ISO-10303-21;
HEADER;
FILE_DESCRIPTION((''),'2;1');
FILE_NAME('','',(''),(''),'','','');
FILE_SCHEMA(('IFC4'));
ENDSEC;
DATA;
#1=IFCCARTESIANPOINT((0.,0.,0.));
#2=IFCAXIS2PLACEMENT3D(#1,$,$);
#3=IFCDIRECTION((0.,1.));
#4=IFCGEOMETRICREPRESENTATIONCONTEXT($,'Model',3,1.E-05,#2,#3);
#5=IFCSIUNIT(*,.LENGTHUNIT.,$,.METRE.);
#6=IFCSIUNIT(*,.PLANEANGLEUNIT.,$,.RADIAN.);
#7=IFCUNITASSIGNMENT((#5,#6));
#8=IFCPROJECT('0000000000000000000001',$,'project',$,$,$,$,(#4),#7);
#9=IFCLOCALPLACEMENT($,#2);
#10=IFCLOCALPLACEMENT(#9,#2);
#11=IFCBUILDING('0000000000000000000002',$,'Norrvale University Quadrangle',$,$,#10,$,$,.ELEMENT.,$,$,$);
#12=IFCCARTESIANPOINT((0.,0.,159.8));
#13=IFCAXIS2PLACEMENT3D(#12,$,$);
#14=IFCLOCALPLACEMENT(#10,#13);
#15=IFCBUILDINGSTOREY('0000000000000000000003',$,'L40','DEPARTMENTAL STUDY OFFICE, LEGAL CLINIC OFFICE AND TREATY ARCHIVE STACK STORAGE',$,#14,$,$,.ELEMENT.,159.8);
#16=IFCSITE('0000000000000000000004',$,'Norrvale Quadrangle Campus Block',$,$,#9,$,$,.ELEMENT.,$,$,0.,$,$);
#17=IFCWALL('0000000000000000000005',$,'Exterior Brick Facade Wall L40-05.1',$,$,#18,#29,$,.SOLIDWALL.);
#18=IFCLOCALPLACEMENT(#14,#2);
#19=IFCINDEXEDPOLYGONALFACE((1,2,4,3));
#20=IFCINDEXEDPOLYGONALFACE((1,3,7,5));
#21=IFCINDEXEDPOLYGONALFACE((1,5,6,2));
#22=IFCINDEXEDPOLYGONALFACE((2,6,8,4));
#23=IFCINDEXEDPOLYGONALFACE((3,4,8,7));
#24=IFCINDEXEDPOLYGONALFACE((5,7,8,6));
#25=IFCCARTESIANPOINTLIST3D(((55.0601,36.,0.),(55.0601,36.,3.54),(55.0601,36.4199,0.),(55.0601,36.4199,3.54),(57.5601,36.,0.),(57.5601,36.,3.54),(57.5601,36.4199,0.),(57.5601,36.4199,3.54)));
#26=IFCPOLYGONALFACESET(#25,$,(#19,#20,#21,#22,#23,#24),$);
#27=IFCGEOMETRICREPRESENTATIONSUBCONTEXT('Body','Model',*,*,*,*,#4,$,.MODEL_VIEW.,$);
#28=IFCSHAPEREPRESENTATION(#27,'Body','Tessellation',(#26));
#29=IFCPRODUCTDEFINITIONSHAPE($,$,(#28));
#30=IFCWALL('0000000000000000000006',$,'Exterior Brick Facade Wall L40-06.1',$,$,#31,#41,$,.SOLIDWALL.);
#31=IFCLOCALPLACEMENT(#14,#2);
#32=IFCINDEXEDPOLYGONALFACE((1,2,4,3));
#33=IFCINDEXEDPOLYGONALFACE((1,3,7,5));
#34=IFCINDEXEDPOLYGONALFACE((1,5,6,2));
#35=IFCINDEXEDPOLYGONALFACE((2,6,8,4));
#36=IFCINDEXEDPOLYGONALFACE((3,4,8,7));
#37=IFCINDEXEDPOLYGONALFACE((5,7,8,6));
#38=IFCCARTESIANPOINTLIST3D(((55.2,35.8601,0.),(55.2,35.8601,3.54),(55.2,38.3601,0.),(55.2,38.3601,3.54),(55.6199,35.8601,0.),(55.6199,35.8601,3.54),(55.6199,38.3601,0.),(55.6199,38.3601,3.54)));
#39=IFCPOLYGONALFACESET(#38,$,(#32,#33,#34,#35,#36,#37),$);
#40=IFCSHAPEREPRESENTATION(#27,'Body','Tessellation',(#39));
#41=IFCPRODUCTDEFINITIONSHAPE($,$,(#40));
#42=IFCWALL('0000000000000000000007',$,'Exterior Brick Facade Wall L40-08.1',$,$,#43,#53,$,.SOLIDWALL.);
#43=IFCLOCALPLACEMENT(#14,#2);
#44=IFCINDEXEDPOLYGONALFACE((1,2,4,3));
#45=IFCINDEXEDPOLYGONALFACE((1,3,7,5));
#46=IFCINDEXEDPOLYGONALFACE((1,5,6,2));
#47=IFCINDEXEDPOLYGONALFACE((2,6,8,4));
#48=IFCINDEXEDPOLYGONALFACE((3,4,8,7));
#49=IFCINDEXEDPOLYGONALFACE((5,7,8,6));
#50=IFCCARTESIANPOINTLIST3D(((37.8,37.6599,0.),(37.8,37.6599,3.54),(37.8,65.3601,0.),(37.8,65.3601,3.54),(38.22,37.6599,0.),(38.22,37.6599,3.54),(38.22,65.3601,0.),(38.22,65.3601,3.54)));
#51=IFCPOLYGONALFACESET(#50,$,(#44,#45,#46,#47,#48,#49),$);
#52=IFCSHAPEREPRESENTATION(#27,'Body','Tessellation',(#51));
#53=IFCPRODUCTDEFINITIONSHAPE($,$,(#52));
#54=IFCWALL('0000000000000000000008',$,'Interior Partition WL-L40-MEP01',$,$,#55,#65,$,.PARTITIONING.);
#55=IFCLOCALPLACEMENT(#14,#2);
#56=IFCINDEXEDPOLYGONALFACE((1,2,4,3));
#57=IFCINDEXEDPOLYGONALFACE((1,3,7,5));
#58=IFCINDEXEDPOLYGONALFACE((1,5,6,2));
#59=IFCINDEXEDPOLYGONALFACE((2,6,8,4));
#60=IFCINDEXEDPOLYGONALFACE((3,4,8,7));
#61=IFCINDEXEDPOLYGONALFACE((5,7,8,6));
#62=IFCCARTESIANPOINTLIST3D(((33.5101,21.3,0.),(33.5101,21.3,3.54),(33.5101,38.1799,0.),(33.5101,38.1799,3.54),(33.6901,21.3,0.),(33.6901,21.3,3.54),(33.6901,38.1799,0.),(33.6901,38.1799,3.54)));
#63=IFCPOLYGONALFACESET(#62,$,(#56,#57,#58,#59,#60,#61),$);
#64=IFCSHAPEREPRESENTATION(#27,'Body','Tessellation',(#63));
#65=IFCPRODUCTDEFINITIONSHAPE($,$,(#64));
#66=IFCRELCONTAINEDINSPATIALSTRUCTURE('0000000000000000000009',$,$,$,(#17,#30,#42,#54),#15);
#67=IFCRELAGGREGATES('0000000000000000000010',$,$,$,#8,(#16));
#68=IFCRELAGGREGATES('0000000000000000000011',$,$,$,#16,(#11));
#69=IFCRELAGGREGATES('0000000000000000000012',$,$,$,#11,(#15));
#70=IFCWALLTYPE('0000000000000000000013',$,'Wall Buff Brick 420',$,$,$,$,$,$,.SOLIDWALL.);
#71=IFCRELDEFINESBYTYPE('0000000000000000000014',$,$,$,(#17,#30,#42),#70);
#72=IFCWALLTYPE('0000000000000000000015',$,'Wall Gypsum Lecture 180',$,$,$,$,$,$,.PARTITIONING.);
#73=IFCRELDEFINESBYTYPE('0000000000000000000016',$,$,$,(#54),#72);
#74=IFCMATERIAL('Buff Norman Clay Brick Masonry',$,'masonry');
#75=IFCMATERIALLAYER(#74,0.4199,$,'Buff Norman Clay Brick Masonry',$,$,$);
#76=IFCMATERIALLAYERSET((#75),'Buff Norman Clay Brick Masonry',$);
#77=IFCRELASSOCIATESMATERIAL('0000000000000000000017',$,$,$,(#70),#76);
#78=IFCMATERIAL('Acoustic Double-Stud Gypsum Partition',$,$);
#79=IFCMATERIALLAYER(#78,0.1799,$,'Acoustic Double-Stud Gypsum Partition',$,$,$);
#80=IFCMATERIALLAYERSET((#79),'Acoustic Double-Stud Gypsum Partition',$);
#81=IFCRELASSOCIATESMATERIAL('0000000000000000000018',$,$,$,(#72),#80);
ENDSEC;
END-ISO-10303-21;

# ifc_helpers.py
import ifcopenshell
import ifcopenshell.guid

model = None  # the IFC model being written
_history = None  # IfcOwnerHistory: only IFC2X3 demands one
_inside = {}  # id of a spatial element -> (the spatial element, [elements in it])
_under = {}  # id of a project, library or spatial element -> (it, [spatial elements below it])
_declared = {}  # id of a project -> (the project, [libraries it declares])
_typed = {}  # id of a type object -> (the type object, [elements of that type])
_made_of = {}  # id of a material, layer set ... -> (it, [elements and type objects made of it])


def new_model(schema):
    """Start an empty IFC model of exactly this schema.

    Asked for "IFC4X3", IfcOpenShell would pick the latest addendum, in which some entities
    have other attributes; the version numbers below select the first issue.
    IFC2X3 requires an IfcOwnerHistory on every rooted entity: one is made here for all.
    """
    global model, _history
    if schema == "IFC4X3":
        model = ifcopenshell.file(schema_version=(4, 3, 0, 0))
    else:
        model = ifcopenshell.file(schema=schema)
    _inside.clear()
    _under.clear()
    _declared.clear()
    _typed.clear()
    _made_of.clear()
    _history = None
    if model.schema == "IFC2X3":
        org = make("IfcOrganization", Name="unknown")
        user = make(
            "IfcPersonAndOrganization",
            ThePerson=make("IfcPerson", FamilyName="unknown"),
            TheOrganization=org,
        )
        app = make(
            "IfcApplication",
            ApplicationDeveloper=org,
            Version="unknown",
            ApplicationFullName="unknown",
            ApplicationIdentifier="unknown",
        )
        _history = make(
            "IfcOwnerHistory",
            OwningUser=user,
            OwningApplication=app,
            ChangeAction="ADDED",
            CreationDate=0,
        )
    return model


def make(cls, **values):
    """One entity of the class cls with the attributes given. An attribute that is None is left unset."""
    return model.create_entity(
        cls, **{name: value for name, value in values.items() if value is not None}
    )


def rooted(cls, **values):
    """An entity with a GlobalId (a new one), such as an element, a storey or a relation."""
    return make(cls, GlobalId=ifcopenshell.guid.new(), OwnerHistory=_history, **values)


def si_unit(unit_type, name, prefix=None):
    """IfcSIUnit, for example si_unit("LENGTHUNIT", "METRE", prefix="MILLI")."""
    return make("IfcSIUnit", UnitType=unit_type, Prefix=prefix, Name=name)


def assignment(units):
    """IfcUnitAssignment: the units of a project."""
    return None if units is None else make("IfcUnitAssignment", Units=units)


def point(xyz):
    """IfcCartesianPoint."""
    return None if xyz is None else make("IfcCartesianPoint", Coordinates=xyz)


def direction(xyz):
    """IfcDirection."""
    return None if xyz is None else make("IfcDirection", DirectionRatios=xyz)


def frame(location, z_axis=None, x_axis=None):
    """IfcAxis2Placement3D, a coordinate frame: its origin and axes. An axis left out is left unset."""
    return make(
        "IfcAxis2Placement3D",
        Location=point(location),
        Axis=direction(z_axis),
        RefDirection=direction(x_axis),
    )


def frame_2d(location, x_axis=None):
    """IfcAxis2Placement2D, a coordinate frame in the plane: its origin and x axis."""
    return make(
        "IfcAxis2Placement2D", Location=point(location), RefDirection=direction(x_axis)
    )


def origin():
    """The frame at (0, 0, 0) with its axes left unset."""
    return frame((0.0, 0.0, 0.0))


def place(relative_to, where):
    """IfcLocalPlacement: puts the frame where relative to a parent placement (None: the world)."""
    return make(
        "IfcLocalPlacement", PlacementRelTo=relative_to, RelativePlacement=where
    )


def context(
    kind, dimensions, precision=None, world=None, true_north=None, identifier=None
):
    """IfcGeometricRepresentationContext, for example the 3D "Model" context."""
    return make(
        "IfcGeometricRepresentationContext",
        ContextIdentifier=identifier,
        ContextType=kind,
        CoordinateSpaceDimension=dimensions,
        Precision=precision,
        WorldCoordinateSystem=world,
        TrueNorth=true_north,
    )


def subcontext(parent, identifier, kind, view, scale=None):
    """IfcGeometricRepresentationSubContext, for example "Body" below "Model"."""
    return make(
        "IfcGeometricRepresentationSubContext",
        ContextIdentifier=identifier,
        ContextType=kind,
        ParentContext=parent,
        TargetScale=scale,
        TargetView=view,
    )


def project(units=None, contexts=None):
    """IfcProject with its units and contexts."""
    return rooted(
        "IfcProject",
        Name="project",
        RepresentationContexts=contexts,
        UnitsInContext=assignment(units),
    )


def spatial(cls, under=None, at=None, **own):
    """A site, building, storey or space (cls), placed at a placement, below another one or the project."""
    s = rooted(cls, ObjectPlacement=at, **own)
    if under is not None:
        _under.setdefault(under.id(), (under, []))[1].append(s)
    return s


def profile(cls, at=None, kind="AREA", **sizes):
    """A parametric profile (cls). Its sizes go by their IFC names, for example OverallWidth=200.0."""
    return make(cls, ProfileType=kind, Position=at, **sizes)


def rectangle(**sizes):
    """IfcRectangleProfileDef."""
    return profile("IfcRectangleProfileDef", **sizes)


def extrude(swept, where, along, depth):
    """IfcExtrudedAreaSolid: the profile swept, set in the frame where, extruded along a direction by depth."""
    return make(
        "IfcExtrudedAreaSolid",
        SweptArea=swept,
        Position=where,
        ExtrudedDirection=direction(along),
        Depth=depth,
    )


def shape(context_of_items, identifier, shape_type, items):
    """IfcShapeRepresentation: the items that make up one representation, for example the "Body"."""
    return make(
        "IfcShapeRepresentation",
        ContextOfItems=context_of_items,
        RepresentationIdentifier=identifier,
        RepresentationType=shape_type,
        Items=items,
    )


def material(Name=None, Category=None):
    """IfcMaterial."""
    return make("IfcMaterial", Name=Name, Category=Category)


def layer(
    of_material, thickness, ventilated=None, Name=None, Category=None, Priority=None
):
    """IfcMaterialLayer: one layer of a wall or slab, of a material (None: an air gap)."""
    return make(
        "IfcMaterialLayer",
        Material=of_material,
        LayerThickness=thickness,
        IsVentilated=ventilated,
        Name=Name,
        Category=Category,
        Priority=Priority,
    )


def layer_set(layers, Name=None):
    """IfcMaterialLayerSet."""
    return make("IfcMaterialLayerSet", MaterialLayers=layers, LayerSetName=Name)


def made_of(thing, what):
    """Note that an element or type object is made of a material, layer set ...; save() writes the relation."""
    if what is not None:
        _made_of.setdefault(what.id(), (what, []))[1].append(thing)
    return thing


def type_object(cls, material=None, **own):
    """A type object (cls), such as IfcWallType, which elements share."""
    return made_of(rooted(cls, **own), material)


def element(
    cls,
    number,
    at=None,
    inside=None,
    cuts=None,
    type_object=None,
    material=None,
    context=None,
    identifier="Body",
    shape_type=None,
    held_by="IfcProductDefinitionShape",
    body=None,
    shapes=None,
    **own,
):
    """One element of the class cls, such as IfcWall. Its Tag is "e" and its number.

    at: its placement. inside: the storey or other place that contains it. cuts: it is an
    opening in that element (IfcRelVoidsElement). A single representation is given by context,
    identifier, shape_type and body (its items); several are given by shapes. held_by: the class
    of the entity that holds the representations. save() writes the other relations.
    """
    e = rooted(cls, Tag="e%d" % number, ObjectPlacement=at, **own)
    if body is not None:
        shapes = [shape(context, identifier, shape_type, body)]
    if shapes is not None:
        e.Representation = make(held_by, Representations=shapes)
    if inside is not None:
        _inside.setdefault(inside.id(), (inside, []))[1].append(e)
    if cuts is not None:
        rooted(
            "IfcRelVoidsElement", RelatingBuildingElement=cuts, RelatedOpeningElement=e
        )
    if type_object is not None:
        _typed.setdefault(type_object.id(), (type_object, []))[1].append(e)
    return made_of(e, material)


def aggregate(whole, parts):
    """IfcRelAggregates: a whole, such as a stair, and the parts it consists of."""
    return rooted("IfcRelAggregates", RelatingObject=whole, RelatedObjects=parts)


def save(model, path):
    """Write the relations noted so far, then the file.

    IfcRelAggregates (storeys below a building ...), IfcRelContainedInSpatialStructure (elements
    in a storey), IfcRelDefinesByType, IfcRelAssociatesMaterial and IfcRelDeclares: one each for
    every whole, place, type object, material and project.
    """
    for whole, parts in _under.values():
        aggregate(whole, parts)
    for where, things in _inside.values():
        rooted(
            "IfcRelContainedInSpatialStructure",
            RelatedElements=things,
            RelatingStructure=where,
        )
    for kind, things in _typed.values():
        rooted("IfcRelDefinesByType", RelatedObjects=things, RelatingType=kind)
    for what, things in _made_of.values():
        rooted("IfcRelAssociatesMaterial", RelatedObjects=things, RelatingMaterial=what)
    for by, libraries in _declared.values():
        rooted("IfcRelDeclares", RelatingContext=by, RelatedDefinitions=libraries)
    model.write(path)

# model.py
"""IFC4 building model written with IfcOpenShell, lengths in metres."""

from ifc_helpers import new_model, si_unit, direction, frame, frame_2d, origin, place, context, subcontext, project, spatial, rectangle, extrude, material, layer, layer_set, type_object, element, save


model = new_model("IFC4")

# Units and contexts
model_context = context("Model", 3, precision=1e-05, world=origin(), true_north=direction((0.0, 1.0)))
body_context = subcontext(model_context, "Body", "Model", "MODEL_VIEW")
ifc_project = project(units=[si_unit("LENGTHUNIT", "METRE"), si_unit("PLANEANGLEUNIT", "RADIAN")], contexts=[model_context])

# Site, building, storey
site_placement = place(None, origin())
site = spatial("IfcSite", under=ifc_project, at=site_placement, Name="Norrvale Quadrangle Campus Block", CompositionType="ELEMENT", RefElevation=0.0)
building_placement = place(site_placement, origin())
building = spatial("IfcBuilding", under=site, at=building_placement, Name="Norrvale University Quadrangle", CompositionType="ELEMENT")
storey_placement = place(building_placement, frame((0.0, 0.0, 159.8)))
storey = spatial("IfcBuildingStorey", under=building, at=storey_placement, Name="L40", Description="DEPARTMENTAL STUDY OFFICE, LEGAL CLINIC OFFICE AND TREATY ARCHIVE STACK STORAGE", CompositionType="ELEMENT", Elevation=159.8)

# Walls
ifc_material_1 = material(Name="Buff Norman Clay Brick Masonry", Category="masonry")
ifc_layer_1 = layer(ifc_material_1, 0.4199, Name="Buff Norman Clay Brick Masonry")
ifc_layer_set_1 = layer_set([ifc_layer_1], Name="Buff Norman Clay Brick Masonry")
wall_type_1 = type_object("IfcWallType", Name="Wall Buff Brick 420", PredefinedType="SOLIDWALL", material=ifc_layer_set_1)
for number, where, z_axis, x_axis, name in (
    (1, (57.5601, 36.21, 0.0), (0.0, 0.0, 1.0), (-1.0, 0.0, 0.0), "Exterior Brick Facade Wall L40-05.1"),
    (2, (55.4099, 35.8601, 0.0), (0.0, 0.0, 1.0), (0.0, 1.0, 0.0), "Exterior Brick Facade Wall L40-06.1"),
):
    element("IfcWall", number, at=place(storey_placement, frame(where, z_axis=z_axis, x_axis=x_axis)), inside=storey, type_object=wall_type_1, Name=name, PredefinedType="SOLIDWALL", context=body_context, shape_type="SweptSolid", body=[
        extrude(rectangle(XDim=2.5, YDim=0.4199, at=frame_2d((1.25, 0.0))), origin(), (0.0, 0.0, 1.0), 3.54),
    ])
wall_1_placement = place(storey_placement, frame((38.01, 37.6599, 0.0), z_axis=(0.0, 0.0, 1.0), x_axis=(0.0, 1.0, 0.0)))
element("IfcWall", 3, at=wall_1_placement, inside=storey, type_object=wall_type_1, Name="Exterior Brick Facade Wall L40-08.1", PredefinedType="SOLIDWALL", context=body_context, shape_type="SweptSolid", body=[
    extrude(rectangle(XDim=27.7002, YDim=0.4199, at=frame_2d((13.8501, 0.0))), origin(), (0.0, 0.0, 1.0), 3.54),
])
ifc_material_2 = material(Name="Acoustic Double-Stud Gypsum Partition")
ifc_layer_2 = layer(ifc_material_2, 0.1799, Name="Acoustic Double-Stud Gypsum Partition")
ifc_layer_set_2 = layer_set([ifc_layer_2], Name="Acoustic Double-Stud Gypsum Partition")
wall_type_2 = type_object("IfcWallType", Name="Wall Gypsum Lecture 180", PredefinedType="PARTITIONING", material=ifc_layer_set_2)
wall_2_placement = place(storey_placement, frame((33.6001, 21.3, 0.0), z_axis=(0.0, 0.0, 1.0), x_axis=(0.0, 1.0, 0.0)))
element("IfcWall", 4, at=wall_2_placement, inside=storey, type_object=wall_type_2, Name="Interior Partition WL-L40-MEP01", PredefinedType="PARTITIONING", context=body_context, shape_type="SweptSolid", body=[
    extrude(rectangle(XDim=16.8799, YDim=0.1799, at=frame_2d((8.4399, 0.0))), origin(), (0.0, 0.0, 1.0), 3.54),
])

save(model, "model.ifc")
